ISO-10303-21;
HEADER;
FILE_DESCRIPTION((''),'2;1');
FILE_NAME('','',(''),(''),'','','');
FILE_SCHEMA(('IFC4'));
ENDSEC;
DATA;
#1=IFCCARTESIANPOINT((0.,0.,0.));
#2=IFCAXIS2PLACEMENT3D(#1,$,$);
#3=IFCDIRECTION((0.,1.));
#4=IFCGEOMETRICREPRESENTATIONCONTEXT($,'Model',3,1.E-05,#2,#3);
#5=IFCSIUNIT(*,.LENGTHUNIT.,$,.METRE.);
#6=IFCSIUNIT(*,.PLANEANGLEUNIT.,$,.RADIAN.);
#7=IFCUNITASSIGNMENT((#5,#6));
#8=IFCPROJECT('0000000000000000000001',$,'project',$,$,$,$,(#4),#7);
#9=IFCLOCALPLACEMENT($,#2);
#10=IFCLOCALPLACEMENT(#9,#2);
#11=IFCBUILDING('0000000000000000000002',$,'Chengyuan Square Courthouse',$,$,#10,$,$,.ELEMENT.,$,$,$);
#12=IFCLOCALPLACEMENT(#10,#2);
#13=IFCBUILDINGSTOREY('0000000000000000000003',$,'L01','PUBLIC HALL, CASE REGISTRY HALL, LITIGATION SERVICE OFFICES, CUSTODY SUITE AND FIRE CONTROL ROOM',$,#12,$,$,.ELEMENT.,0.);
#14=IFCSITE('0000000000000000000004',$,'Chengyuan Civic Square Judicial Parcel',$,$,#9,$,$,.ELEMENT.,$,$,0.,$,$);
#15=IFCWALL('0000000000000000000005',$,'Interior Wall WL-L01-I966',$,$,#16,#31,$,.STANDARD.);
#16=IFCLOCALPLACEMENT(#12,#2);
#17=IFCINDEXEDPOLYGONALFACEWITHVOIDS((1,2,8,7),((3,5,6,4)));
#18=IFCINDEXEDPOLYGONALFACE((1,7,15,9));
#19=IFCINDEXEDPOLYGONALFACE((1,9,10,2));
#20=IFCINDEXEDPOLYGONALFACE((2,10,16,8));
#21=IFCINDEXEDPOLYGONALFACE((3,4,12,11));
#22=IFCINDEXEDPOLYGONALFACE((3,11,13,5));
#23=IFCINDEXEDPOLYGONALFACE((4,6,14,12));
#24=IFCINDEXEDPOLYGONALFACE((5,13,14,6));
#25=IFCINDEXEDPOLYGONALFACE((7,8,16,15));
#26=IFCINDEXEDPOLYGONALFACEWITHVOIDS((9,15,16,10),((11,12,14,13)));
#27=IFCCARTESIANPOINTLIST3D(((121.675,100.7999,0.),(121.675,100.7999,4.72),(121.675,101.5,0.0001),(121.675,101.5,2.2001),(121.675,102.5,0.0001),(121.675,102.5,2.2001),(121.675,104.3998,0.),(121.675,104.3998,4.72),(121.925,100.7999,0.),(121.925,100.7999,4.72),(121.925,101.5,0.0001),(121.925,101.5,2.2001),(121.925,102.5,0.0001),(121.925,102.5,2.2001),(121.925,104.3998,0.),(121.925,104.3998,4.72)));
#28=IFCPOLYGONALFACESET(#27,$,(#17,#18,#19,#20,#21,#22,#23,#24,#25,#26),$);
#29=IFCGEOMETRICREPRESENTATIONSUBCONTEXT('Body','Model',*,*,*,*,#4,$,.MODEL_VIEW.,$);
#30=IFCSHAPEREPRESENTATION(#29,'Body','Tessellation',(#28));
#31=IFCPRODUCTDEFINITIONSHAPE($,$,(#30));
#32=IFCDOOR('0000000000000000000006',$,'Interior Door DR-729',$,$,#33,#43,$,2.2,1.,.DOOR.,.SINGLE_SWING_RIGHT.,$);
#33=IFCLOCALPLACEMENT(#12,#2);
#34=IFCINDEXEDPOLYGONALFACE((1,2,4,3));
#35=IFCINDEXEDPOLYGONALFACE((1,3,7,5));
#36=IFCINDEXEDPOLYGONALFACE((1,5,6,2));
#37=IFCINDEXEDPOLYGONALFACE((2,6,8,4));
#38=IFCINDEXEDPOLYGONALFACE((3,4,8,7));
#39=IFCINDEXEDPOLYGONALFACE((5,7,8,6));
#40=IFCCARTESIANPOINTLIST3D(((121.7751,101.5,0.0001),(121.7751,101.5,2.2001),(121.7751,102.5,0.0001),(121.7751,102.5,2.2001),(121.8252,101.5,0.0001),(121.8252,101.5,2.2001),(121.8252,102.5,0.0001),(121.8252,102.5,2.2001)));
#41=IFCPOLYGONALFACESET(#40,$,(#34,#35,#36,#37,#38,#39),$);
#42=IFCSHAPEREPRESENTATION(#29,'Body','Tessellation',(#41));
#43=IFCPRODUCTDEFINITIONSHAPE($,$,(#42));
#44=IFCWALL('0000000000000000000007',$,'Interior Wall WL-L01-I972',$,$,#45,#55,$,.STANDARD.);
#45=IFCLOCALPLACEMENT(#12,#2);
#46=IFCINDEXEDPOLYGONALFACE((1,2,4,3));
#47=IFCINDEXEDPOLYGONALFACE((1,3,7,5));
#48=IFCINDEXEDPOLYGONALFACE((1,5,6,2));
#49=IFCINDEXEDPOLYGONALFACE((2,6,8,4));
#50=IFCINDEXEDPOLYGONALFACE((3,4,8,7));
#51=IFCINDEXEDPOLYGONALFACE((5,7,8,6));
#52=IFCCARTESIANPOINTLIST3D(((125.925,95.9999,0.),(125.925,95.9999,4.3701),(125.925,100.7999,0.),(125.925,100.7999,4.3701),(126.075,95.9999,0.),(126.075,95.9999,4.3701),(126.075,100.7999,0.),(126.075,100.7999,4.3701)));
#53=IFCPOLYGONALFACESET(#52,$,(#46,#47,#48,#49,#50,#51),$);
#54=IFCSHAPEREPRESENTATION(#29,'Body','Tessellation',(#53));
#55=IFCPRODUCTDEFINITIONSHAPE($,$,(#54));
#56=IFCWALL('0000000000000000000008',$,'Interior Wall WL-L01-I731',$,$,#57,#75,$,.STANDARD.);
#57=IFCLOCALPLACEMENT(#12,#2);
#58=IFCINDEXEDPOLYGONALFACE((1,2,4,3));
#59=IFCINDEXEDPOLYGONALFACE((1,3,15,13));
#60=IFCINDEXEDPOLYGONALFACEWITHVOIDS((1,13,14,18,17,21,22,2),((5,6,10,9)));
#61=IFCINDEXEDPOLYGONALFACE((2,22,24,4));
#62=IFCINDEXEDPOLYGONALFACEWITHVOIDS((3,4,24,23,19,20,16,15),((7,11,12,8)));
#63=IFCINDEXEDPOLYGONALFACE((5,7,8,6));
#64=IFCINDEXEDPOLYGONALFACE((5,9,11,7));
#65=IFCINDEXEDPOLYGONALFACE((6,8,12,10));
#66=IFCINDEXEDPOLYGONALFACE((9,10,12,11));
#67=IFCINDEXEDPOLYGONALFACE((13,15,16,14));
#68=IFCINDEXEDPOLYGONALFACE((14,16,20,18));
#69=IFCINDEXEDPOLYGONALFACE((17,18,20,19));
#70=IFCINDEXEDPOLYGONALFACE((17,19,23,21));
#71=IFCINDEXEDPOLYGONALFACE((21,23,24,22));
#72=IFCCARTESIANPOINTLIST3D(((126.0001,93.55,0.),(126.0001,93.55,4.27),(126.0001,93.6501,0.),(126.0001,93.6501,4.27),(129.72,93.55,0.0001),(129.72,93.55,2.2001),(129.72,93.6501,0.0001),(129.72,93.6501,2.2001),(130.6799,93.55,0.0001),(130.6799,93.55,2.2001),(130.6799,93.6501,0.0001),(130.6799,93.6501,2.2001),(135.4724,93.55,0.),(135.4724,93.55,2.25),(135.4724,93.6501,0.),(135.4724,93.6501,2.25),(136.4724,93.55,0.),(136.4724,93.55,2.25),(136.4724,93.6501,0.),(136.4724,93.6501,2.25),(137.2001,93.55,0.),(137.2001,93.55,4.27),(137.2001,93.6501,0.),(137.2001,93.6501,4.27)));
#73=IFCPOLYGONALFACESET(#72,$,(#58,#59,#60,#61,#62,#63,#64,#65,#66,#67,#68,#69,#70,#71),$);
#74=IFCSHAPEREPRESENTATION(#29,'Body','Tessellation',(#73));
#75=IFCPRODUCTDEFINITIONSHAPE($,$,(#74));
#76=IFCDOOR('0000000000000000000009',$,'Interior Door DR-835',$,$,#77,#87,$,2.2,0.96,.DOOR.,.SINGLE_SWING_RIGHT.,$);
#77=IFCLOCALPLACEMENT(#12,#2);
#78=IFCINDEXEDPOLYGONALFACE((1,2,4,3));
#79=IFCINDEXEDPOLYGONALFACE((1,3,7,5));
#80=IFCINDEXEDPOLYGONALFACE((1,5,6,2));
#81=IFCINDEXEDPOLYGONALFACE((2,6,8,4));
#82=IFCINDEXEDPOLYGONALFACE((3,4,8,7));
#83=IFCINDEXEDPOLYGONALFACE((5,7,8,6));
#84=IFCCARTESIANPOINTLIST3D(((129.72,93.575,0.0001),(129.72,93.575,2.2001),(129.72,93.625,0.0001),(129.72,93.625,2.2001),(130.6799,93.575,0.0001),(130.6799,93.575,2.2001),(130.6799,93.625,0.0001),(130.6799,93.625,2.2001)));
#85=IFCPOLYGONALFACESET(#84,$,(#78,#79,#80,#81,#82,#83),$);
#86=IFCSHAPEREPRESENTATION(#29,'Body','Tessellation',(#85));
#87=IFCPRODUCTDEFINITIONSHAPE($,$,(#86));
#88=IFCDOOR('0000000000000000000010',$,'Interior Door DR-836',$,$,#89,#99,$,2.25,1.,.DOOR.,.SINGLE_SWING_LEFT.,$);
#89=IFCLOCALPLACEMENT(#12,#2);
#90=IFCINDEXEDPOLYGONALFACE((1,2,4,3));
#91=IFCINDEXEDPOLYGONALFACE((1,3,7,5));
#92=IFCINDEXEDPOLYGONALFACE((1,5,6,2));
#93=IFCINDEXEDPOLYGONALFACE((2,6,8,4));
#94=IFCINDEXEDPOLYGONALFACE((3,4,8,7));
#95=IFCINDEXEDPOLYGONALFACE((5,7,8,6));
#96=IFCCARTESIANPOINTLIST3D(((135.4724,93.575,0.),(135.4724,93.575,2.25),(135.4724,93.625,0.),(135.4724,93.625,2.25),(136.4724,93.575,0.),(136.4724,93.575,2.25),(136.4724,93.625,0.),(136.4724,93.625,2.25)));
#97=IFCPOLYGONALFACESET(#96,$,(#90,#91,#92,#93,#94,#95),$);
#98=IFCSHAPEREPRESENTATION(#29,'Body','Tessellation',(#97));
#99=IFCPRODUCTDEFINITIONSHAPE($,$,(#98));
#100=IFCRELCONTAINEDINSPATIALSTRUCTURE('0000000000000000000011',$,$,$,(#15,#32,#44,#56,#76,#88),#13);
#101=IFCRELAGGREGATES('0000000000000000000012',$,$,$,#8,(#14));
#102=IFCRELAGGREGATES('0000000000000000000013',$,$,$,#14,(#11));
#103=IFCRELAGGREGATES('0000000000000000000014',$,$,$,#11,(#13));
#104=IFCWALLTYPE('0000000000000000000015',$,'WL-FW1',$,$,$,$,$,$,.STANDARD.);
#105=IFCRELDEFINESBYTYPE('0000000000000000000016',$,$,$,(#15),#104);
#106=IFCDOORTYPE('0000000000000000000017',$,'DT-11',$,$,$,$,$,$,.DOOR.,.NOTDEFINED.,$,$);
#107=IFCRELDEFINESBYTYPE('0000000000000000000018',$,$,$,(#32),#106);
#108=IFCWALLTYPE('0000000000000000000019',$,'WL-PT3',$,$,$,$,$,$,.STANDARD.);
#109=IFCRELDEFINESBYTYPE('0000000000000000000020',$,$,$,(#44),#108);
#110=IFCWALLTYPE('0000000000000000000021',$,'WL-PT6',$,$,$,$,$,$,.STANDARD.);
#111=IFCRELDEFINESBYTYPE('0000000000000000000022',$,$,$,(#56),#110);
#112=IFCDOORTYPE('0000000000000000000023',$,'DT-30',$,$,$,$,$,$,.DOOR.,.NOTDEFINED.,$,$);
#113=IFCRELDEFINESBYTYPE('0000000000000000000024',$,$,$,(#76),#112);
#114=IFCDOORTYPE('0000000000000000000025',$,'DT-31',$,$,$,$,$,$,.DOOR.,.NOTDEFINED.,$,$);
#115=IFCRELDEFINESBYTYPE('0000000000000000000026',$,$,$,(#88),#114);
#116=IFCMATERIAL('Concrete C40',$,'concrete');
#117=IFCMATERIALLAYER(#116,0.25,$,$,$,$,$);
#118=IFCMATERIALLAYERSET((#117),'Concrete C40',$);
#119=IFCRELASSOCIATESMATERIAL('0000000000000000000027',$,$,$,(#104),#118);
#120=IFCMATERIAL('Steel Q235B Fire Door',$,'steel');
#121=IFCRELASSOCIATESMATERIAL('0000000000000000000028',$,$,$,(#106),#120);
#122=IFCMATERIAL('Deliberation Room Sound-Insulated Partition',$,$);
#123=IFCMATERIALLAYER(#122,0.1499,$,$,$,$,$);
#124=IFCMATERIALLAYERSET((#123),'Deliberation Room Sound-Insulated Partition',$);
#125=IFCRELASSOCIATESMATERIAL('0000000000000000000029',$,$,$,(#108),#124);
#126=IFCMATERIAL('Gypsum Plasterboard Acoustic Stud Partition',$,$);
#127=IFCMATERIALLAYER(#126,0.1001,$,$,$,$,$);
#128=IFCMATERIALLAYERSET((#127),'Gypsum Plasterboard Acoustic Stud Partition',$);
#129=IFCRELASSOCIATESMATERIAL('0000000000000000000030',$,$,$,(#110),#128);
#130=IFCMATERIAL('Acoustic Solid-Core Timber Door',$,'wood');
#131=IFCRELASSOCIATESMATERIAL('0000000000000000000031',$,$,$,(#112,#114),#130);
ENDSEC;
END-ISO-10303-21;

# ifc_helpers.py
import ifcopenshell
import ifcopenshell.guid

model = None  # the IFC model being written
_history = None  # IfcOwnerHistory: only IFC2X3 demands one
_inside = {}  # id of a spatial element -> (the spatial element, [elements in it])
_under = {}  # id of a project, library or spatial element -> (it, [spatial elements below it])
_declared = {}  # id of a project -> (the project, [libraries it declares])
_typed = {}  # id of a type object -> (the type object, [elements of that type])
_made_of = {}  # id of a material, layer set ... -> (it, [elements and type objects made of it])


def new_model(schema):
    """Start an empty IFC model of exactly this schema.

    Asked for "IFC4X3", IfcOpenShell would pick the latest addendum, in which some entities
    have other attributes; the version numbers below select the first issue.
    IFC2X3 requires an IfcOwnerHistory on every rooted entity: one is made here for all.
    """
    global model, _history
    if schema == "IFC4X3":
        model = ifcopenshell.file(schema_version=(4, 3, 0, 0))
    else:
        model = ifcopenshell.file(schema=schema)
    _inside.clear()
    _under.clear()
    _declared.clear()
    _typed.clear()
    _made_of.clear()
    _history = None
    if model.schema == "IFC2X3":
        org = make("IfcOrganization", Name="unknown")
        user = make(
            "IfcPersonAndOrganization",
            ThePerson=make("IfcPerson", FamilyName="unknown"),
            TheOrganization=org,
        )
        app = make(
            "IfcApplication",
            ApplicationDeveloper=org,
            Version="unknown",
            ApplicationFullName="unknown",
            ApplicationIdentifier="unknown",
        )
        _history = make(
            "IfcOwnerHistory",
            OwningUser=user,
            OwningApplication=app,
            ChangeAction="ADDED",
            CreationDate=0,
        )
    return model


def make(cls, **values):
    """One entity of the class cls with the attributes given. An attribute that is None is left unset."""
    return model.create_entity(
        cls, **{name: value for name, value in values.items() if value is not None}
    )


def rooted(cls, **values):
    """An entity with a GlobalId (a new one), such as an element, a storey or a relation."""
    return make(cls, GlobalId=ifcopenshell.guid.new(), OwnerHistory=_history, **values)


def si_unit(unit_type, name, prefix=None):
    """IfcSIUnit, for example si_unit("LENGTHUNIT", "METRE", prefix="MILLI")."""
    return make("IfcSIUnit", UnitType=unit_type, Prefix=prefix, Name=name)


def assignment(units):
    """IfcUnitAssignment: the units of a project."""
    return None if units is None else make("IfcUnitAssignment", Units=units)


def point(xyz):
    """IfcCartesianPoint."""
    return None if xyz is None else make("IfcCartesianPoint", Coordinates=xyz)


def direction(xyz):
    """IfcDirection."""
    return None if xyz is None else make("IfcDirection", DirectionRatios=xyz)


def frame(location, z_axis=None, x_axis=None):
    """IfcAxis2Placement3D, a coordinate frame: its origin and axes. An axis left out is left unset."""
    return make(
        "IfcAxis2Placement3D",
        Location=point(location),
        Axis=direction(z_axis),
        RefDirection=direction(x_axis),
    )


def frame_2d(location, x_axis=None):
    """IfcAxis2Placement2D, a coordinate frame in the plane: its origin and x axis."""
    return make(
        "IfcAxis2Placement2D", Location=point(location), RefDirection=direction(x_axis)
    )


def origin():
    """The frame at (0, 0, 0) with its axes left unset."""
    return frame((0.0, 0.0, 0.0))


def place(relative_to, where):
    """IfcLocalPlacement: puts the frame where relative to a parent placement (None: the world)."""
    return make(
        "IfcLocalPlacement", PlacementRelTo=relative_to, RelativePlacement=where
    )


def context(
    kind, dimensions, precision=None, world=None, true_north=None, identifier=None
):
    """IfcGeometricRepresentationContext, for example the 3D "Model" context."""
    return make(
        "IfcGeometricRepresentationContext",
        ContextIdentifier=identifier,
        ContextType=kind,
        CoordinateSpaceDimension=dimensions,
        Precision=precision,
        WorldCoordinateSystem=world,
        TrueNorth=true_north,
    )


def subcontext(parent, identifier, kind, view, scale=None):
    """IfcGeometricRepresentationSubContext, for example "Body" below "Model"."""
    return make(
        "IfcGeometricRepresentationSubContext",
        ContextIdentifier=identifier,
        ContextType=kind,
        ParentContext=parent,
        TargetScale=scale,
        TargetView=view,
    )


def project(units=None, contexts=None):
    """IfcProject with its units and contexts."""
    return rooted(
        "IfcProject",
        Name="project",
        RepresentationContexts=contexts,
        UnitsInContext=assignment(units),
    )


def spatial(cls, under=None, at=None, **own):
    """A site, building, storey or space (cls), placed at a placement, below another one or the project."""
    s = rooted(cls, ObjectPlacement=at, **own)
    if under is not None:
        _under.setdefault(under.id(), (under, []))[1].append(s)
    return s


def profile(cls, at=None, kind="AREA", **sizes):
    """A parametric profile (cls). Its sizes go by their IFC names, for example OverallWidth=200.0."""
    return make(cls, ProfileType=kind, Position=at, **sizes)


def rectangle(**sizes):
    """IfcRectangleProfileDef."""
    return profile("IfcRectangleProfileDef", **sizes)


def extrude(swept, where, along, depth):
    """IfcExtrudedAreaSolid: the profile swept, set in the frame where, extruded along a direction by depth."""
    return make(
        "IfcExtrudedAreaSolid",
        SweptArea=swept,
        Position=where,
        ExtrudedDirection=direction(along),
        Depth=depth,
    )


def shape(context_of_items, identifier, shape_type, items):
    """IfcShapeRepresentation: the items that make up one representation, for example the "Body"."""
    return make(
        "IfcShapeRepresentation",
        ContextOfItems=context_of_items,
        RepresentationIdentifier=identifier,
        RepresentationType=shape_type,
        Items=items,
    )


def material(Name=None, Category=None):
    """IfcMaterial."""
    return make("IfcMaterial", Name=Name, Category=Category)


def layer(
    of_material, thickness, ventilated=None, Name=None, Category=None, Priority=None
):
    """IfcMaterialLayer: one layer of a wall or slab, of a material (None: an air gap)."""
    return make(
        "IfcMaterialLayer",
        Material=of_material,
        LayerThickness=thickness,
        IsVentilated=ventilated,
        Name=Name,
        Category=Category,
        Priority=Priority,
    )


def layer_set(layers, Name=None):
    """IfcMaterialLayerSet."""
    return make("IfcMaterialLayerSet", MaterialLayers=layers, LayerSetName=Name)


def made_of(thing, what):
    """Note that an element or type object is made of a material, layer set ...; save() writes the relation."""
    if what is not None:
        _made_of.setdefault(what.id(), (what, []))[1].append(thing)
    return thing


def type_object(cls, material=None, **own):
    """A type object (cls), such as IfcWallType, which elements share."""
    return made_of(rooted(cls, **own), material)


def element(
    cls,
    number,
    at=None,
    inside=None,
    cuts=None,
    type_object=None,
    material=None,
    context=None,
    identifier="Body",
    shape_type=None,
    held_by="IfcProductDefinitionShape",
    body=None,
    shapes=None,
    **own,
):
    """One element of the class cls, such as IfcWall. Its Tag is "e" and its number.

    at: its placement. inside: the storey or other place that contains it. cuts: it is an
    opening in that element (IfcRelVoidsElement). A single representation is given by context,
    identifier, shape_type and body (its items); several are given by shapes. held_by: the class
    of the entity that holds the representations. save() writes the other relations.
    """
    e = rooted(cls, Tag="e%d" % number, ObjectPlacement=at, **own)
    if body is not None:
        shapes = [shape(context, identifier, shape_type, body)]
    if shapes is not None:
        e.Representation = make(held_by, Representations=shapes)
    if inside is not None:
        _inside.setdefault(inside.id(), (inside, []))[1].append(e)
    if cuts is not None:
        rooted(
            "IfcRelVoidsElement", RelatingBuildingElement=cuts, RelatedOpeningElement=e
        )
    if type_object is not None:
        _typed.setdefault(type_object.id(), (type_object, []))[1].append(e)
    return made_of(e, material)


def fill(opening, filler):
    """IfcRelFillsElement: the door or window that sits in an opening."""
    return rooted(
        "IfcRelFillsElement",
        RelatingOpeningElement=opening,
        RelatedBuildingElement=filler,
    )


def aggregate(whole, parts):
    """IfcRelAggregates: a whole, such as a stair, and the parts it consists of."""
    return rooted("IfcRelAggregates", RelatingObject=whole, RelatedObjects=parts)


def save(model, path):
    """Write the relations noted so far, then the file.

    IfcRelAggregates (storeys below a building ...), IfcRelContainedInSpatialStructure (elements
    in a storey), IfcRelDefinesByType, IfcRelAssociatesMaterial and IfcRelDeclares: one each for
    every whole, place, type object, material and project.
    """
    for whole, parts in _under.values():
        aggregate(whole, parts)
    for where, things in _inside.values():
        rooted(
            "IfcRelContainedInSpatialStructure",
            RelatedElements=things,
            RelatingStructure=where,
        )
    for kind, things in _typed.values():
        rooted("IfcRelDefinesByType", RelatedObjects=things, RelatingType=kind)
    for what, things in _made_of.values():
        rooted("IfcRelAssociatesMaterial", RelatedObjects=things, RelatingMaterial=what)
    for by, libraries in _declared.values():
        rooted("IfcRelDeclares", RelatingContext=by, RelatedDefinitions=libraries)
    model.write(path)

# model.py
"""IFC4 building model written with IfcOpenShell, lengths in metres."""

from ifc_helpers import new_model, si_unit, direction, frame, frame_2d, origin, place, context, subcontext, project, spatial, rectangle, extrude, material, layer, layer_set, type_object, element, fill, save


model = new_model("IFC4")

# Units and contexts
model_context = context("Model", 3, precision=1e-05, world=origin(), true_north=direction((0.0, 1.0)))
body_context = subcontext(model_context, "Body", "Model", "MODEL_VIEW")
ifc_project = project(units=[si_unit("LENGTHUNIT", "METRE"), si_unit("PLANEANGLEUNIT", "RADIAN")], contexts=[model_context])

# Site, building, storey
site_placement = place(None, origin())
site = spatial("IfcSite", under=ifc_project, at=site_placement, Name="Chengyuan Civic Square Judicial Parcel", CompositionType="ELEMENT", RefElevation=0.0)
building_placement = place(site_placement, origin())
building = spatial("IfcBuilding", under=site, at=building_placement, Name="Chengyuan Square Courthouse", CompositionType="ELEMENT")
storey_placement = place(building_placement, origin())
storey = spatial("IfcBuildingStorey", under=building, at=storey_placement, Name="L01", Description="PUBLIC HALL, CASE REGISTRY HALL, LITIGATION SERVICE OFFICES, CUSTODY SUITE AND FIRE CONTROL ROOM", CompositionType="ELEMENT", Elevation=0.0)

# Shared definitions
ifc_material_1 = material(Name="Concrete C40", Category="concrete")

# Shared definitions
ifc_layer_1 = layer(ifc_material_1, 0.25)
ifc_layer_set_1 = layer_set([ifc_layer_1], Name="Concrete C40")
wall_type_1 = type_object("IfcWallType", Name="WL-FW1", PredefinedType="STANDARD", material=ifc_layer_set_1)

# Wall, opening, door
wall_1_placement = place(storey_placement, frame((121.8, 100.8, 0.0), z_axis=(0.0, 0.0, 1.0), x_axis=(0.0, 1.0, 0.0)))
wall_1 = element("IfcWall", 1, at=wall_1_placement, inside=storey, type_object=wall_type_1, Name="Interior Wall WL-L01-I966", PredefinedType="STANDARD", context=body_context, shape_type="SweptSolid", body=[
    extrude(rectangle(XDim=3.5999, YDim=0.25, at=frame_2d((1.7998, 0.0))), origin(), (0.0, 0.0, 1.0), 4.72),
])
opening_1_placement = place(wall_1_placement, frame((0.7, 0.0, 0.0)))
opening_1 = element("IfcOpeningElement", 2, at=opening_1_placement, cuts=wall_1, PredefinedType="OPENING", context=body_context, shape_type="SweptSolid", body=[
    extrude(rectangle(XDim=1.0, YDim=2.2, at=frame_2d((0.5, 1.1001))), frame((0.0, 0.137, 0.0), z_axis=(0.0, -1.0, 0.0), x_axis=(1.0, 0.0, 0.0)), (0.0, 0.0, 1.0), 0.2739),
])
ifc_material_2 = material(Name="Steel Q235B Fire Door", Category="steel")
door_type_1 = type_object("IfcDoorType", Name="DT-11", OperationType="NOTDEFINED", PredefinedType="DOOR", material=ifc_material_2)
door_1_placement = place(opening_1_placement, origin())
door_1 = element("IfcDoor", 3, at=door_1_placement, inside=storey, type_object=door_type_1, Name="Interior Door DR-729", OperationType="SINGLE_SWING_RIGHT", OverallHeight=2.2, OverallWidth=1.0, PredefinedType="DOOR", context=body_context, shape_type="SweptSolid", body=[
    extrude(rectangle(XDim=1.0, YDim=2.2, at=frame_2d((0.5, 1.1001))), frame((0.0, 0.0249, 0.0), z_axis=(0.0, -1.0, 0.0), x_axis=(1.0, 0.0, 0.0)), (0.0, 0.0, 1.0), 0.05),
])
fill(opening_1, door_1)

# Wall
ifc_material_3 = material(Name="Deliberation Room Sound-Insulated Partition")
ifc_layer_2 = layer(ifc_material_3, 0.1499)
ifc_layer_set_2 = layer_set([ifc_layer_2], Name="Deliberation Room Sound-Insulated Partition")
wall_type_2 = type_object("IfcWallType", Name="WL-PT3", PredefinedType="STANDARD", material=ifc_layer_set_2)
wall_2_placement = place(storey_placement, frame((126.0, 96.0, 0.0), z_axis=(0.0, 0.0, 1.0), x_axis=(0.0, 1.0, 0.0)))
element("IfcWall", 4, at=wall_2_placement, inside=storey, type_object=wall_type_2, Name="Interior Wall WL-L01-I972", PredefinedType="STANDARD", context=body_context, shape_type="SweptSolid", body=[
    extrude(rectangle(XDim=4.8, YDim=0.1499, at=frame_2d((2.3999, 0.0))), origin(), (0.0, 0.0, 1.0), 4.3701),
])

# Wall, openings, doors
ifc_material_4 = material(Name="Gypsum Plasterboard Acoustic Stud Partition")
ifc_layer_3 = layer(ifc_material_4, 0.1001)
ifc_layer_set_3 = layer_set([ifc_layer_3], Name="Gypsum Plasterboard Acoustic Stud Partition")
wall_type_3 = type_object("IfcWallType", Name="WL-PT6", PredefinedType="STANDARD", material=ifc_layer_set_3)
wall_3_placement = place(storey_placement, frame((126.0, 93.6001, 0.0), z_axis=(0.0, 0.0, 1.0), x_axis=(1.0, 0.0, 0.0)))
wall_3 = element("IfcWall", 5, at=wall_3_placement, inside=storey, type_object=wall_type_3, Name="Interior Wall WL-L01-I731", PredefinedType="STANDARD", context=body_context, shape_type="SweptSolid", body=[
    extrude(rectangle(XDim=11.2, YDim=0.1001, at=frame_2d((5.6001, 0.0))), origin(), (0.0, 0.0, 1.0), 4.27),
])
opening_2_placement = place(wall_3_placement, frame((3.72, 0.0, 0.0)))
opening_2 = element("IfcOpeningElement", 6, at=opening_2_placement, cuts=wall_3, PredefinedType="OPENING", context=body_context, shape_type="SweptSolid", body=[
    extrude(rectangle(XDim=0.96, YDim=2.2, at=frame_2d((0.48, 1.1001))), frame((0.0, 0.062, 0.0), z_axis=(0.0, -1.0, 0.0), x_axis=(1.0, 0.0, 0.0)), (0.0, 0.0, 1.0), 0.124),
])
opening_3_placement = place(wall_3_placement, frame((9.4724, 0.0, 0.0)))
opening_3 = element("IfcOpeningElement", 7, at=opening_3_placement, cuts=wall_3, PredefinedType="OPENING", context=body_context, shape_type="SweptSolid", body=[
    extrude(rectangle(XDim=1.0, YDim=2.25, at=frame_2d((0.5, 1.125))), frame((0.0, 0.062, 0.0), z_axis=(0.0, -1.0, 0.0), x_axis=(1.0, 0.0, 0.0)), (0.0, 0.0, 1.0), 0.124),
])
ifc_material_5 = material(Name="Acoustic Solid-Core Timber Door", Category="wood")
door_type_2 = type_object("IfcDoorType", Name="DT-30", OperationType="NOTDEFINED", PredefinedType="DOOR", material=ifc_material_5)
door_2_placement = place(opening_2_placement, origin())
door_2 = element("IfcDoor", 8, at=door_2_placement, inside=storey, type_object=door_type_2, Name="Interior Door DR-835", OperationType="SINGLE_SWING_RIGHT", OverallHeight=2.2, OverallWidth=0.96, PredefinedType="DOOR", context=body_context, shape_type="SweptSolid", body=[
    extrude(rectangle(XDim=0.96, YDim=2.2, at=frame_2d((0.48, 1.1001))), frame((0.0, 0.0249, 0.0), z_axis=(0.0, -1.0, 0.0), x_axis=(1.0, 0.0, 0.0)), (0.0, 0.0, 1.0), 0.05),
])
fill(opening_2, door_2)
door_type_3 = type_object("IfcDoorType", Name="DT-31", OperationType="NOTDEFINED", PredefinedType="DOOR", material=ifc_material_5)
door_3_placement = place(opening_3_placement, origin())
door_3 = element("IfcDoor", 9, at=door_3_placement, inside=storey, type_object=door_type_3, Name="Interior Door DR-836", OperationType="SINGLE_SWING_LEFT", OverallHeight=2.25, OverallWidth=1.0, PredefinedType="DOOR", context=body_context, shape_type="SweptSolid", body=[
    extrude(rectangle(XDim=1.0, YDim=2.25, at=frame_2d((0.5, 1.125))), frame((0.0, 0.0249, 0.0), z_axis=(0.0, -1.0, 0.0), x_axis=(1.0, 0.0, 0.0)), (0.0, 0.0, 1.0), 0.05),
])
fill(opening_3, door_3)

save(model, "model.ifc")
